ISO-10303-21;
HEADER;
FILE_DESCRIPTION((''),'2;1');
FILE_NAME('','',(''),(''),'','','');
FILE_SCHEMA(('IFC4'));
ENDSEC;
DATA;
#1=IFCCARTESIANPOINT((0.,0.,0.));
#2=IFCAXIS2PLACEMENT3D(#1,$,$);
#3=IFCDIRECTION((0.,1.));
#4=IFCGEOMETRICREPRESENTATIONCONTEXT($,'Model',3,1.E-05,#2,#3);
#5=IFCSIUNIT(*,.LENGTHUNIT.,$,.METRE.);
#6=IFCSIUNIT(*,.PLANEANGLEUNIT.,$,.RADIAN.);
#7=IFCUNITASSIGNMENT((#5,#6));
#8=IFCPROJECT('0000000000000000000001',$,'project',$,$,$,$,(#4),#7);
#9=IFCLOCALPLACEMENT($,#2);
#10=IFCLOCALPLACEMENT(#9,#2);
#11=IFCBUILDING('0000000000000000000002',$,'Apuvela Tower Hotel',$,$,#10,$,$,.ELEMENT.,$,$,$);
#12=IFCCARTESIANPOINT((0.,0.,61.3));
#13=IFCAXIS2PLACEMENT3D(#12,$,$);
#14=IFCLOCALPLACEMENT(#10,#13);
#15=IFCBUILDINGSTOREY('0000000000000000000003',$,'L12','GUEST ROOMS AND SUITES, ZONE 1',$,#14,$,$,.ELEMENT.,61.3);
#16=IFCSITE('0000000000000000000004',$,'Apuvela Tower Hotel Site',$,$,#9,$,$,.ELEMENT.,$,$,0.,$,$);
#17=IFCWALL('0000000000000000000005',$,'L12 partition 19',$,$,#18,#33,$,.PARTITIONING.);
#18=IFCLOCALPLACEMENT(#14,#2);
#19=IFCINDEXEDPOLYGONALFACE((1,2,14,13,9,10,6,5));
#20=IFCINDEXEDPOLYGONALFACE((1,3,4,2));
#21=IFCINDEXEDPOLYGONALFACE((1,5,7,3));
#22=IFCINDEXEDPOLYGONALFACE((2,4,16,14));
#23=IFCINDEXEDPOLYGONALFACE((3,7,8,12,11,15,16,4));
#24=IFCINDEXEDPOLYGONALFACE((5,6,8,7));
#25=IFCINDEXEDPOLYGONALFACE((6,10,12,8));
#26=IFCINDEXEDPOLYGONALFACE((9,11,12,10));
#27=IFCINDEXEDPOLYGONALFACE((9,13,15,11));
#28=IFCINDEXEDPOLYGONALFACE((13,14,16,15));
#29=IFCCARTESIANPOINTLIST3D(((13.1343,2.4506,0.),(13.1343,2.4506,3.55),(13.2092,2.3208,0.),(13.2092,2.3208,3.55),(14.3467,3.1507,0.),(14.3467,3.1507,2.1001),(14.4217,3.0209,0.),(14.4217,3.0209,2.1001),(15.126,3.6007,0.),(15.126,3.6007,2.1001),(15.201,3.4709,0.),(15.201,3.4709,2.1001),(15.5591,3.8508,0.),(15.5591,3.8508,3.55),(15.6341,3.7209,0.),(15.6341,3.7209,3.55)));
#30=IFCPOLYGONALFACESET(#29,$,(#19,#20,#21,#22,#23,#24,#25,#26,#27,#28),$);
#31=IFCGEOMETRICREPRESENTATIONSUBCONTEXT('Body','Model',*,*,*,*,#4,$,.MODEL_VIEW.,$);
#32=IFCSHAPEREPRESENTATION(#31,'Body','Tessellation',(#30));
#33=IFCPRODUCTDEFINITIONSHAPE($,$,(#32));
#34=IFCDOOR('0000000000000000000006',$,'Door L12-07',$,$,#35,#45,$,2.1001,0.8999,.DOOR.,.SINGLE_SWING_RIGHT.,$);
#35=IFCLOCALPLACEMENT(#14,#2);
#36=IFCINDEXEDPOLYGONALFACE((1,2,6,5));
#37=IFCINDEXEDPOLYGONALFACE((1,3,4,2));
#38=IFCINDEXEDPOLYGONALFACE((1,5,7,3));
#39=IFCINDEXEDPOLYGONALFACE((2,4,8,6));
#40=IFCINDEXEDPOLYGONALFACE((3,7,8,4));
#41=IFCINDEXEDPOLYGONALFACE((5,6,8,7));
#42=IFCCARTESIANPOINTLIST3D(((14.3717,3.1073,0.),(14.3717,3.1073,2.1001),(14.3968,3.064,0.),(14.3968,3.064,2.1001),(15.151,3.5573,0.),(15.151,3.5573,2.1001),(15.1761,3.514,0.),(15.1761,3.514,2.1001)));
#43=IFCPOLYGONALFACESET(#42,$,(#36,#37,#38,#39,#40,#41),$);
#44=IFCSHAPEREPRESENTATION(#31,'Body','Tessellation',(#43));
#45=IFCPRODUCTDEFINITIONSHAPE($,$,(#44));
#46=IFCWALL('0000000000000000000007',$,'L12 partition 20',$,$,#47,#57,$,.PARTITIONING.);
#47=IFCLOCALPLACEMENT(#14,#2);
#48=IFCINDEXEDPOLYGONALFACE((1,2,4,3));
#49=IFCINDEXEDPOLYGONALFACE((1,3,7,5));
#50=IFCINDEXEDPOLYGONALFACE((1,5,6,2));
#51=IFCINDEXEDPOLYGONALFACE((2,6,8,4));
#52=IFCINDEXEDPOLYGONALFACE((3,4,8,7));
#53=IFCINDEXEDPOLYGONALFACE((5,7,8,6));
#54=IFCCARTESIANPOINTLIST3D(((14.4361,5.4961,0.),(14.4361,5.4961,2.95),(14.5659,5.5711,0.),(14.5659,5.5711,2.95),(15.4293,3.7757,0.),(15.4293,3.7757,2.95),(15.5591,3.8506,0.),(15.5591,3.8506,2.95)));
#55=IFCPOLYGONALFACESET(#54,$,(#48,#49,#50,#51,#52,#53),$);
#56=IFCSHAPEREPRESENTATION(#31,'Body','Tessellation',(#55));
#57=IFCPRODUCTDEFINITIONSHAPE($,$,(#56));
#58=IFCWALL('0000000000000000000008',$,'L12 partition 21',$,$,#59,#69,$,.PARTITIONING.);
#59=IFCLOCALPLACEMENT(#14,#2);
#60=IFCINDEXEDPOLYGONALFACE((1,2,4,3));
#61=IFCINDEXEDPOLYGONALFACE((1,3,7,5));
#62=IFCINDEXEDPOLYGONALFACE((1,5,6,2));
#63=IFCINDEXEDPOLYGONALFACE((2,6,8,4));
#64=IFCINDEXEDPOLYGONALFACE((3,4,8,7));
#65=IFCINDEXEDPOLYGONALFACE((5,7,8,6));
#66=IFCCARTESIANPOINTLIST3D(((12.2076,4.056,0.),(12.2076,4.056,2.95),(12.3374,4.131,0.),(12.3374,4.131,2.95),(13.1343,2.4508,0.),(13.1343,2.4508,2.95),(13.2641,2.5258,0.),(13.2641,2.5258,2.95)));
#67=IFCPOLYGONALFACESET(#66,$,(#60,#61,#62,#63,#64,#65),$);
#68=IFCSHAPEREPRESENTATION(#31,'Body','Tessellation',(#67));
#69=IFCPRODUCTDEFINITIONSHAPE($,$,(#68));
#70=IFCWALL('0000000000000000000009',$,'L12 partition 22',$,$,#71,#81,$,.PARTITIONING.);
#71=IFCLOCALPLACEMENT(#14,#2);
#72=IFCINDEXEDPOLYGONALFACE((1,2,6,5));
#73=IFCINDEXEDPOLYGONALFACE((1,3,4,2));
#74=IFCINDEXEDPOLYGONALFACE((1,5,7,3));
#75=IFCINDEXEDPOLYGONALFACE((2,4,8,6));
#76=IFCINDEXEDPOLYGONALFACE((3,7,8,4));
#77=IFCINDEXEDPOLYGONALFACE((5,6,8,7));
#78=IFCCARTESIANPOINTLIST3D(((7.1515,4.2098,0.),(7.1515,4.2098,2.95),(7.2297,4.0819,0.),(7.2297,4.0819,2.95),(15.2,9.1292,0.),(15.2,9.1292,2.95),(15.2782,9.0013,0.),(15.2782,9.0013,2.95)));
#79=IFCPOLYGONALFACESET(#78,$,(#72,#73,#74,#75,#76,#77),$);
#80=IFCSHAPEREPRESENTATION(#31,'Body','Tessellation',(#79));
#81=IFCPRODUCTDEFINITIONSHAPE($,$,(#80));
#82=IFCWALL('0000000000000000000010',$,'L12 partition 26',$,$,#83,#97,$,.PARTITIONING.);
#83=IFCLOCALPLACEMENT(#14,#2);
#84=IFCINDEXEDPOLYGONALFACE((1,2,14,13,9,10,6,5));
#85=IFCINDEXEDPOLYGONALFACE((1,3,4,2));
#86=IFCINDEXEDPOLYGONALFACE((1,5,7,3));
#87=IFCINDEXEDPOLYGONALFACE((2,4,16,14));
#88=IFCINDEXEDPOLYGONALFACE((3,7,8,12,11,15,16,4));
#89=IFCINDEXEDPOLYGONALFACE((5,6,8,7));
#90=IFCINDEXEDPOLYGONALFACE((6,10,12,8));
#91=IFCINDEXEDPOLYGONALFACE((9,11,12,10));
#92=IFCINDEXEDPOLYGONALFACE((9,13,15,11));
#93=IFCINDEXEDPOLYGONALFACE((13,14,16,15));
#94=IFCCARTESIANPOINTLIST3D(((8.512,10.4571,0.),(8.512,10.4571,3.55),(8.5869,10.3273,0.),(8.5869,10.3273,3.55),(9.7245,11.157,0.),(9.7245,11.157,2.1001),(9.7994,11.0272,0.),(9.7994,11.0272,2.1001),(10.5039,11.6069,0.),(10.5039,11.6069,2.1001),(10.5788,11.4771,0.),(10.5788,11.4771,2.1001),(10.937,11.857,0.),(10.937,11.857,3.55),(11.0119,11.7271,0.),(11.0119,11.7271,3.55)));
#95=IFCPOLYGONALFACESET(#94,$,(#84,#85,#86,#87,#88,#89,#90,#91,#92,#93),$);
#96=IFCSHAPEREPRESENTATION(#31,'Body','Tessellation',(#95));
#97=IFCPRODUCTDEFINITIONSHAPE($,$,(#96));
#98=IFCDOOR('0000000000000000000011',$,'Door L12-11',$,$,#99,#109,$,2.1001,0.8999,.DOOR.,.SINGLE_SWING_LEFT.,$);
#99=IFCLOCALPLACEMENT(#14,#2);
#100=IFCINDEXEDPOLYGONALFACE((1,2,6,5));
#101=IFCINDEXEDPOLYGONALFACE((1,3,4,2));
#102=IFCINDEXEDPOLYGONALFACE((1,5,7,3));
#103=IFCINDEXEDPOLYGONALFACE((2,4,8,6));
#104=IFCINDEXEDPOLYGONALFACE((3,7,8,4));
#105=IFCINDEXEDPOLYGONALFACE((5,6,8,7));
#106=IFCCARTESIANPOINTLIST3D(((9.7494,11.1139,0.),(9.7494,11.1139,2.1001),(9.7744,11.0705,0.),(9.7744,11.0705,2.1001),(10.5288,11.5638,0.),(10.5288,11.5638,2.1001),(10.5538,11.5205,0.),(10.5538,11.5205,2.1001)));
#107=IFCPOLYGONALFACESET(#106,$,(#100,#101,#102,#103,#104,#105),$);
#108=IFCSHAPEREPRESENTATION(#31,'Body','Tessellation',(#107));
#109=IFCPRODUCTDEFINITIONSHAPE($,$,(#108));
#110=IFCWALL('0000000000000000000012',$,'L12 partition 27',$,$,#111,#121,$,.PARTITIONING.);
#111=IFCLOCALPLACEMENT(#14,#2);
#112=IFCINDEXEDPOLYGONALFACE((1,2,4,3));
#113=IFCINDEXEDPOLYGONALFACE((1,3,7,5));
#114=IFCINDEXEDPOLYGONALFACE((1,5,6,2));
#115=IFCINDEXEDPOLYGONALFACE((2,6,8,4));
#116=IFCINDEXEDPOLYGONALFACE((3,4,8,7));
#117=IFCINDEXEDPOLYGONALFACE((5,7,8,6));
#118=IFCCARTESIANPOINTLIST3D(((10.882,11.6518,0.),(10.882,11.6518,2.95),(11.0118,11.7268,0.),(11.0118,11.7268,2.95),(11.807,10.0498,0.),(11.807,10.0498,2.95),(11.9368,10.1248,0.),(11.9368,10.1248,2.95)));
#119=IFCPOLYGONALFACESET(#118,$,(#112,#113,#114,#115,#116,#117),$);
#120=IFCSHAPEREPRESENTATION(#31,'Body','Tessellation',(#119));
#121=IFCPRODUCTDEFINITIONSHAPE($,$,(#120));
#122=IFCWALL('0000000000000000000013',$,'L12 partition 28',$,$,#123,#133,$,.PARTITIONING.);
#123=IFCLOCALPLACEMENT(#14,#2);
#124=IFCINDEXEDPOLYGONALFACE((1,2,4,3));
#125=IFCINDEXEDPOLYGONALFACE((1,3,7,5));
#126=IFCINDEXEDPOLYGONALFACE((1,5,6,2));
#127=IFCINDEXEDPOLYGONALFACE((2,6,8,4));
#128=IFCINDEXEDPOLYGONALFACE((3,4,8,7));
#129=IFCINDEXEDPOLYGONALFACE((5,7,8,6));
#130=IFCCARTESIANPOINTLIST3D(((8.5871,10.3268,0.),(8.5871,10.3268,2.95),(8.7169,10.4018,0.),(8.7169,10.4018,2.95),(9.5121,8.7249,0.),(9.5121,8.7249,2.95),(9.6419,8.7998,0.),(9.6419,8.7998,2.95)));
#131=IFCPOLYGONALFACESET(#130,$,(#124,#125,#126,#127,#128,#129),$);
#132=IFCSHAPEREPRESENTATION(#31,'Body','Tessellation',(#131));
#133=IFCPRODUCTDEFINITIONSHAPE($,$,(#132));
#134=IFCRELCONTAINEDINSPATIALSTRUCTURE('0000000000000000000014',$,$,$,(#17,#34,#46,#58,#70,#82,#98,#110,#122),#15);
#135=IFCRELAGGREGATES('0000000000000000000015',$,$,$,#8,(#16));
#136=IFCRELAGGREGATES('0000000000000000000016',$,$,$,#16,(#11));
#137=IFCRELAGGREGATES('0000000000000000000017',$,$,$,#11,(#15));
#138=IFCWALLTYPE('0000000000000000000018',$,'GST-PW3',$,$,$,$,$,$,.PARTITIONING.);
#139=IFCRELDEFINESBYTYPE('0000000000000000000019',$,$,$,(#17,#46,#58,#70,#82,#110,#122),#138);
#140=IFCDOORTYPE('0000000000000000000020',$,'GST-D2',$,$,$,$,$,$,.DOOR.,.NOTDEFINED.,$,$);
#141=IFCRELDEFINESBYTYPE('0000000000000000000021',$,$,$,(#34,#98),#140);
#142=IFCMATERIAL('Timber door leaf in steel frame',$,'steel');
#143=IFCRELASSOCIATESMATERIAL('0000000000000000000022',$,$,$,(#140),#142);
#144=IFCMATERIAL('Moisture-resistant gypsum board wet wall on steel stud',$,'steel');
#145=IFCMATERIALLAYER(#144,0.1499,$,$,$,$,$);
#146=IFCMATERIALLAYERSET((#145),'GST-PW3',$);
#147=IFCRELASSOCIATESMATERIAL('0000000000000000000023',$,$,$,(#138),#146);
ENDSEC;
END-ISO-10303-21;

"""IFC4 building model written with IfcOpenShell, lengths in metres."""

from ifc_helpers import new_model, si_unit, direction, frame, frame_2d, origin, place, context, subcontext, project, spatial, rectangle, extrude, material, layer, layer_set, type_object, element, fill, save


model = new_model("IFC4")

# Units and contexts
model_context = context("Model", 3, precision=1e-05, world=origin(), true_north=direction((0.0, 1.0)))
body_context = subcontext(model_context, "Body", "Model", "MODEL_VIEW")
ifc_project = project(units=[si_unit("LENGTHUNIT", "METRE"), si_unit("PLANEANGLEUNIT", "RADIAN")], contexts=[model_context])

# Site, building, storey
site_placement = place(None, origin())
site = spatial("IfcSite", under=ifc_project, at=site_placement, Name="Apuvela Tower Hotel Site", CompositionType="ELEMENT", RefElevation=0.0)
building_placement = place(site_placement, origin())
building = spatial("IfcBuilding", under=site, at=building_placement, Name="Apuvela Tower Hotel", CompositionType="ELEMENT")
storey_placement = place(building_placement, frame((0.0, 0.0, 61.3)))
storey = spatial("IfcBuildingStorey", under=building, at=storey_placement, Name="L12", Description="GUEST ROOMS AND SUITES, ZONE 1", CompositionType="ELEMENT", Elevation=61.3)

# Wall, opening, door
ifc_material_1 = material(Name="Timber door leaf in steel frame", Category="steel")
door_type_1 = type_object("IfcDoorType", Name="GST-D2", OperationType="NOTDEFINED", PredefinedType="DOOR", material=ifc_material_1)
ifc_material_2 = material(Name="Moisture-resistant gypsum board wet wall on steel stud", Category="steel")
ifc_layer_1 = layer(ifc_material_2, 0.1499)
ifc_layer_set_1 = layer_set([ifc_layer_1], Name="GST-PW3")
wall_type_1 = type_object("IfcWallType", Name="GST-PW3", PredefinedType="PARTITIONING", material=ifc_layer_set_1)
wall_1_placement = place(storey_placement, frame((13.1719, 2.3857, 0.0), z_axis=(0.0, 0.0, 1.0), x_axis=(0.865997, 0.50005, 0.0)))
wall_1 = element("IfcWall", 1, at=wall_1_placement, inside=storey, type_object=wall_type_1, Name="L12 partition 19", PredefinedType="PARTITIONING", context=body_context, shape_type="SweptSolid", body=[
    extrude(rectangle(XDim=2.8, YDim=0.1499, at=frame_2d((1.3999, 0.0))), origin(), (0.0, 0.0, 1.0), 3.55),
])
opening_1_placement = place(wall_1_placement, frame((1.3999, 0.0, 0.0)))
opening_1 = element("IfcOpeningElement", 2, at=opening_1_placement, cuts=wall_1, PredefinedType="OPENING", context=body_context, shape_type="SweptSolid", body=[
    extrude(rectangle(XDim=0.8999, YDim=2.1001, at=frame_2d((0.45, 1.05))), frame((0.0, 0.085, 0.0), z_axis=(0.0, -1.0, 0.0), x_axis=(1.0, 0.0, 0.0)), (0.0, 0.0, 1.0), 0.1699),
])
door_1_placement = place(opening_1_placement, origin())
door_1 = element("IfcDoor", 3, at=door_1_placement, inside=storey, type_object=door_type_1, Name="Door L12-07", OperationType="SINGLE_SWING_RIGHT", OverallHeight=2.1001, OverallWidth=0.8999, PredefinedType="DOOR", context=body_context, shape_type="SweptSolid", body=[
    extrude(rectangle(XDim=0.8999, YDim=2.1001, at=frame_2d((0.45, 1.05))), frame((0.0, 0.0249, 0.0), z_axis=(0.0, -1.0, 0.0), x_axis=(1.0, 0.0, 0.0)), (0.0, 0.0, 1.0), 0.05),
])
fill(opening_1, door_1)

# Walls
wall_2_placement = place(storey_placement, frame((15.4941, 3.8132, 0.0), z_axis=(0.0, 0.0, 1.0), x_axis=(-0.499946, 0.866057, 0.0)))
element("IfcWall", 4, at=wall_2_placement, inside=storey, type_object=wall_type_1, Name="L12 partition 20", PredefinedType="PARTITIONING", context=body_context, shape_type="SweptSolid", body=[
    extrude(rectangle(XDim=1.9866, YDim=0.1499, at=frame_2d((0.9932, 0.0))), origin(), (0.0, 0.0, 1.0), 2.95),
])
wall_3_placement = place(storey_placement, frame((13.1992, 2.4883, 0.0), z_axis=(0.0, 0.0, 1.0), x_axis=(-0.499992, 0.86603, 0.0)))
element("IfcWall", 5, at=wall_3_placement, inside=storey, type_object=wall_type_1, Name="L12 partition 21", PredefinedType="PARTITIONING", context=body_context, shape_type="SweptSolid", body=[
    extrude(rectangle(XDim=1.8535, YDim=0.1499, at=frame_2d((0.9268, 0.0))), origin(), (0.0, 0.0, 1.0), 2.95),
])
wall_4_placement = place(storey_placement, frame((15.239, 9.0652, 0.0), z_axis=(0.0, 0.0, 1.0), x_axis=(-0.853242, -0.521516, 0.0)))
element("IfcWall", 6, at=wall_4_placement, inside=storey, type_object=wall_type_1, Name="L12 partition 22", PredefinedType="PARTITIONING", context=body_context, shape_type="SweptSolid", body=[
    extrude(rectangle(XDim=9.4329, YDim=0.1499, at=frame_2d((4.7163, 0.0))), origin(), (0.0, 0.0, 1.0), 2.95),
])

# Wall, opening, door
wall_5_placement = place(storey_placement, frame((10.9744, 11.792, 0.0), z_axis=(0.0, 0.0, 1.0), x_axis=(-0.866056, -0.499946, 0.0)))
wall_5 = element("IfcWall", 7, at=wall_5_placement, inside=storey, type_object=wall_type_1, Name="L12 partition 26", PredefinedType="PARTITIONING", context=body_context, shape_type="SweptSolid", body=[
    extrude(rectangle(XDim=2.8, YDim=0.1499, at=frame_2d((1.3999, 0.0))), origin(), (0.0, 0.0, 1.0), 3.55),
])
opening_2_placement = place(wall_5_placement, frame((0.5, 0.0, 0.0)))
opening_2 = element("IfcOpeningElement", 8, at=opening_2_placement, cuts=wall_5, PredefinedType="OPENING", context=body_context, shape_type="SweptSolid", body=[
    extrude(rectangle(XDim=0.8999, YDim=2.1001, at=frame_2d((0.45, 1.05))), frame((0.0, 0.085, 0.0), z_axis=(0.0, -1.0, 0.0), x_axis=(1.0, 0.0, 0.0)), (0.0, 0.0, 1.0), 0.1699),
])
door_2_placement = place(opening_2_placement, origin())
door_2 = element("IfcDoor", 9, at=door_2_placement, inside=storey, type_object=door_type_1, Name="Door L12-11", OperationType="SINGLE_SWING_LEFT", OverallHeight=2.1001, OverallWidth=0.8999, PredefinedType="DOOR", context=body_context, shape_type="SweptSolid", body=[
    extrude(rectangle(XDim=0.8999, YDim=2.1001, at=frame_2d((0.45, 1.05))), frame((0.0, 0.0249, 0.0), z_axis=(0.0, -1.0, 0.0), x_axis=(1.0, 0.0, 0.0)), (0.0, 0.0, 1.0), 0.05),
])
fill(opening_2, door_2)

# Walls
for number, where, z_axis, x_axis, name in (
    (10, (11.8718, 10.0874, 0.0), (0.0, 0.0, 1.0), (-0.500042, 0.866001, 0.0), "L12 partition 27"),
    (11, (9.5769, 8.7625, 0.0), (0.0, 0.0, 1.0), (-0.500042, 0.866001, 0.0), "L12 partition 28"),
):
    element("IfcWall", number, at=place(storey_placement, frame(where, z_axis=z_axis, x_axis=x_axis)), inside=storey, type_object=wall_type_1, Name=name, PredefinedType="PARTITIONING", context=body_context, shape_type="SweptSolid", body=[
        extrude(rectangle(XDim=1.8499, YDim=0.1499, at=frame_2d((0.9248, 0.0))), origin(), (0.0, 0.0, 1.0), 2.95),
    ])

save(model, "model.ifc")
